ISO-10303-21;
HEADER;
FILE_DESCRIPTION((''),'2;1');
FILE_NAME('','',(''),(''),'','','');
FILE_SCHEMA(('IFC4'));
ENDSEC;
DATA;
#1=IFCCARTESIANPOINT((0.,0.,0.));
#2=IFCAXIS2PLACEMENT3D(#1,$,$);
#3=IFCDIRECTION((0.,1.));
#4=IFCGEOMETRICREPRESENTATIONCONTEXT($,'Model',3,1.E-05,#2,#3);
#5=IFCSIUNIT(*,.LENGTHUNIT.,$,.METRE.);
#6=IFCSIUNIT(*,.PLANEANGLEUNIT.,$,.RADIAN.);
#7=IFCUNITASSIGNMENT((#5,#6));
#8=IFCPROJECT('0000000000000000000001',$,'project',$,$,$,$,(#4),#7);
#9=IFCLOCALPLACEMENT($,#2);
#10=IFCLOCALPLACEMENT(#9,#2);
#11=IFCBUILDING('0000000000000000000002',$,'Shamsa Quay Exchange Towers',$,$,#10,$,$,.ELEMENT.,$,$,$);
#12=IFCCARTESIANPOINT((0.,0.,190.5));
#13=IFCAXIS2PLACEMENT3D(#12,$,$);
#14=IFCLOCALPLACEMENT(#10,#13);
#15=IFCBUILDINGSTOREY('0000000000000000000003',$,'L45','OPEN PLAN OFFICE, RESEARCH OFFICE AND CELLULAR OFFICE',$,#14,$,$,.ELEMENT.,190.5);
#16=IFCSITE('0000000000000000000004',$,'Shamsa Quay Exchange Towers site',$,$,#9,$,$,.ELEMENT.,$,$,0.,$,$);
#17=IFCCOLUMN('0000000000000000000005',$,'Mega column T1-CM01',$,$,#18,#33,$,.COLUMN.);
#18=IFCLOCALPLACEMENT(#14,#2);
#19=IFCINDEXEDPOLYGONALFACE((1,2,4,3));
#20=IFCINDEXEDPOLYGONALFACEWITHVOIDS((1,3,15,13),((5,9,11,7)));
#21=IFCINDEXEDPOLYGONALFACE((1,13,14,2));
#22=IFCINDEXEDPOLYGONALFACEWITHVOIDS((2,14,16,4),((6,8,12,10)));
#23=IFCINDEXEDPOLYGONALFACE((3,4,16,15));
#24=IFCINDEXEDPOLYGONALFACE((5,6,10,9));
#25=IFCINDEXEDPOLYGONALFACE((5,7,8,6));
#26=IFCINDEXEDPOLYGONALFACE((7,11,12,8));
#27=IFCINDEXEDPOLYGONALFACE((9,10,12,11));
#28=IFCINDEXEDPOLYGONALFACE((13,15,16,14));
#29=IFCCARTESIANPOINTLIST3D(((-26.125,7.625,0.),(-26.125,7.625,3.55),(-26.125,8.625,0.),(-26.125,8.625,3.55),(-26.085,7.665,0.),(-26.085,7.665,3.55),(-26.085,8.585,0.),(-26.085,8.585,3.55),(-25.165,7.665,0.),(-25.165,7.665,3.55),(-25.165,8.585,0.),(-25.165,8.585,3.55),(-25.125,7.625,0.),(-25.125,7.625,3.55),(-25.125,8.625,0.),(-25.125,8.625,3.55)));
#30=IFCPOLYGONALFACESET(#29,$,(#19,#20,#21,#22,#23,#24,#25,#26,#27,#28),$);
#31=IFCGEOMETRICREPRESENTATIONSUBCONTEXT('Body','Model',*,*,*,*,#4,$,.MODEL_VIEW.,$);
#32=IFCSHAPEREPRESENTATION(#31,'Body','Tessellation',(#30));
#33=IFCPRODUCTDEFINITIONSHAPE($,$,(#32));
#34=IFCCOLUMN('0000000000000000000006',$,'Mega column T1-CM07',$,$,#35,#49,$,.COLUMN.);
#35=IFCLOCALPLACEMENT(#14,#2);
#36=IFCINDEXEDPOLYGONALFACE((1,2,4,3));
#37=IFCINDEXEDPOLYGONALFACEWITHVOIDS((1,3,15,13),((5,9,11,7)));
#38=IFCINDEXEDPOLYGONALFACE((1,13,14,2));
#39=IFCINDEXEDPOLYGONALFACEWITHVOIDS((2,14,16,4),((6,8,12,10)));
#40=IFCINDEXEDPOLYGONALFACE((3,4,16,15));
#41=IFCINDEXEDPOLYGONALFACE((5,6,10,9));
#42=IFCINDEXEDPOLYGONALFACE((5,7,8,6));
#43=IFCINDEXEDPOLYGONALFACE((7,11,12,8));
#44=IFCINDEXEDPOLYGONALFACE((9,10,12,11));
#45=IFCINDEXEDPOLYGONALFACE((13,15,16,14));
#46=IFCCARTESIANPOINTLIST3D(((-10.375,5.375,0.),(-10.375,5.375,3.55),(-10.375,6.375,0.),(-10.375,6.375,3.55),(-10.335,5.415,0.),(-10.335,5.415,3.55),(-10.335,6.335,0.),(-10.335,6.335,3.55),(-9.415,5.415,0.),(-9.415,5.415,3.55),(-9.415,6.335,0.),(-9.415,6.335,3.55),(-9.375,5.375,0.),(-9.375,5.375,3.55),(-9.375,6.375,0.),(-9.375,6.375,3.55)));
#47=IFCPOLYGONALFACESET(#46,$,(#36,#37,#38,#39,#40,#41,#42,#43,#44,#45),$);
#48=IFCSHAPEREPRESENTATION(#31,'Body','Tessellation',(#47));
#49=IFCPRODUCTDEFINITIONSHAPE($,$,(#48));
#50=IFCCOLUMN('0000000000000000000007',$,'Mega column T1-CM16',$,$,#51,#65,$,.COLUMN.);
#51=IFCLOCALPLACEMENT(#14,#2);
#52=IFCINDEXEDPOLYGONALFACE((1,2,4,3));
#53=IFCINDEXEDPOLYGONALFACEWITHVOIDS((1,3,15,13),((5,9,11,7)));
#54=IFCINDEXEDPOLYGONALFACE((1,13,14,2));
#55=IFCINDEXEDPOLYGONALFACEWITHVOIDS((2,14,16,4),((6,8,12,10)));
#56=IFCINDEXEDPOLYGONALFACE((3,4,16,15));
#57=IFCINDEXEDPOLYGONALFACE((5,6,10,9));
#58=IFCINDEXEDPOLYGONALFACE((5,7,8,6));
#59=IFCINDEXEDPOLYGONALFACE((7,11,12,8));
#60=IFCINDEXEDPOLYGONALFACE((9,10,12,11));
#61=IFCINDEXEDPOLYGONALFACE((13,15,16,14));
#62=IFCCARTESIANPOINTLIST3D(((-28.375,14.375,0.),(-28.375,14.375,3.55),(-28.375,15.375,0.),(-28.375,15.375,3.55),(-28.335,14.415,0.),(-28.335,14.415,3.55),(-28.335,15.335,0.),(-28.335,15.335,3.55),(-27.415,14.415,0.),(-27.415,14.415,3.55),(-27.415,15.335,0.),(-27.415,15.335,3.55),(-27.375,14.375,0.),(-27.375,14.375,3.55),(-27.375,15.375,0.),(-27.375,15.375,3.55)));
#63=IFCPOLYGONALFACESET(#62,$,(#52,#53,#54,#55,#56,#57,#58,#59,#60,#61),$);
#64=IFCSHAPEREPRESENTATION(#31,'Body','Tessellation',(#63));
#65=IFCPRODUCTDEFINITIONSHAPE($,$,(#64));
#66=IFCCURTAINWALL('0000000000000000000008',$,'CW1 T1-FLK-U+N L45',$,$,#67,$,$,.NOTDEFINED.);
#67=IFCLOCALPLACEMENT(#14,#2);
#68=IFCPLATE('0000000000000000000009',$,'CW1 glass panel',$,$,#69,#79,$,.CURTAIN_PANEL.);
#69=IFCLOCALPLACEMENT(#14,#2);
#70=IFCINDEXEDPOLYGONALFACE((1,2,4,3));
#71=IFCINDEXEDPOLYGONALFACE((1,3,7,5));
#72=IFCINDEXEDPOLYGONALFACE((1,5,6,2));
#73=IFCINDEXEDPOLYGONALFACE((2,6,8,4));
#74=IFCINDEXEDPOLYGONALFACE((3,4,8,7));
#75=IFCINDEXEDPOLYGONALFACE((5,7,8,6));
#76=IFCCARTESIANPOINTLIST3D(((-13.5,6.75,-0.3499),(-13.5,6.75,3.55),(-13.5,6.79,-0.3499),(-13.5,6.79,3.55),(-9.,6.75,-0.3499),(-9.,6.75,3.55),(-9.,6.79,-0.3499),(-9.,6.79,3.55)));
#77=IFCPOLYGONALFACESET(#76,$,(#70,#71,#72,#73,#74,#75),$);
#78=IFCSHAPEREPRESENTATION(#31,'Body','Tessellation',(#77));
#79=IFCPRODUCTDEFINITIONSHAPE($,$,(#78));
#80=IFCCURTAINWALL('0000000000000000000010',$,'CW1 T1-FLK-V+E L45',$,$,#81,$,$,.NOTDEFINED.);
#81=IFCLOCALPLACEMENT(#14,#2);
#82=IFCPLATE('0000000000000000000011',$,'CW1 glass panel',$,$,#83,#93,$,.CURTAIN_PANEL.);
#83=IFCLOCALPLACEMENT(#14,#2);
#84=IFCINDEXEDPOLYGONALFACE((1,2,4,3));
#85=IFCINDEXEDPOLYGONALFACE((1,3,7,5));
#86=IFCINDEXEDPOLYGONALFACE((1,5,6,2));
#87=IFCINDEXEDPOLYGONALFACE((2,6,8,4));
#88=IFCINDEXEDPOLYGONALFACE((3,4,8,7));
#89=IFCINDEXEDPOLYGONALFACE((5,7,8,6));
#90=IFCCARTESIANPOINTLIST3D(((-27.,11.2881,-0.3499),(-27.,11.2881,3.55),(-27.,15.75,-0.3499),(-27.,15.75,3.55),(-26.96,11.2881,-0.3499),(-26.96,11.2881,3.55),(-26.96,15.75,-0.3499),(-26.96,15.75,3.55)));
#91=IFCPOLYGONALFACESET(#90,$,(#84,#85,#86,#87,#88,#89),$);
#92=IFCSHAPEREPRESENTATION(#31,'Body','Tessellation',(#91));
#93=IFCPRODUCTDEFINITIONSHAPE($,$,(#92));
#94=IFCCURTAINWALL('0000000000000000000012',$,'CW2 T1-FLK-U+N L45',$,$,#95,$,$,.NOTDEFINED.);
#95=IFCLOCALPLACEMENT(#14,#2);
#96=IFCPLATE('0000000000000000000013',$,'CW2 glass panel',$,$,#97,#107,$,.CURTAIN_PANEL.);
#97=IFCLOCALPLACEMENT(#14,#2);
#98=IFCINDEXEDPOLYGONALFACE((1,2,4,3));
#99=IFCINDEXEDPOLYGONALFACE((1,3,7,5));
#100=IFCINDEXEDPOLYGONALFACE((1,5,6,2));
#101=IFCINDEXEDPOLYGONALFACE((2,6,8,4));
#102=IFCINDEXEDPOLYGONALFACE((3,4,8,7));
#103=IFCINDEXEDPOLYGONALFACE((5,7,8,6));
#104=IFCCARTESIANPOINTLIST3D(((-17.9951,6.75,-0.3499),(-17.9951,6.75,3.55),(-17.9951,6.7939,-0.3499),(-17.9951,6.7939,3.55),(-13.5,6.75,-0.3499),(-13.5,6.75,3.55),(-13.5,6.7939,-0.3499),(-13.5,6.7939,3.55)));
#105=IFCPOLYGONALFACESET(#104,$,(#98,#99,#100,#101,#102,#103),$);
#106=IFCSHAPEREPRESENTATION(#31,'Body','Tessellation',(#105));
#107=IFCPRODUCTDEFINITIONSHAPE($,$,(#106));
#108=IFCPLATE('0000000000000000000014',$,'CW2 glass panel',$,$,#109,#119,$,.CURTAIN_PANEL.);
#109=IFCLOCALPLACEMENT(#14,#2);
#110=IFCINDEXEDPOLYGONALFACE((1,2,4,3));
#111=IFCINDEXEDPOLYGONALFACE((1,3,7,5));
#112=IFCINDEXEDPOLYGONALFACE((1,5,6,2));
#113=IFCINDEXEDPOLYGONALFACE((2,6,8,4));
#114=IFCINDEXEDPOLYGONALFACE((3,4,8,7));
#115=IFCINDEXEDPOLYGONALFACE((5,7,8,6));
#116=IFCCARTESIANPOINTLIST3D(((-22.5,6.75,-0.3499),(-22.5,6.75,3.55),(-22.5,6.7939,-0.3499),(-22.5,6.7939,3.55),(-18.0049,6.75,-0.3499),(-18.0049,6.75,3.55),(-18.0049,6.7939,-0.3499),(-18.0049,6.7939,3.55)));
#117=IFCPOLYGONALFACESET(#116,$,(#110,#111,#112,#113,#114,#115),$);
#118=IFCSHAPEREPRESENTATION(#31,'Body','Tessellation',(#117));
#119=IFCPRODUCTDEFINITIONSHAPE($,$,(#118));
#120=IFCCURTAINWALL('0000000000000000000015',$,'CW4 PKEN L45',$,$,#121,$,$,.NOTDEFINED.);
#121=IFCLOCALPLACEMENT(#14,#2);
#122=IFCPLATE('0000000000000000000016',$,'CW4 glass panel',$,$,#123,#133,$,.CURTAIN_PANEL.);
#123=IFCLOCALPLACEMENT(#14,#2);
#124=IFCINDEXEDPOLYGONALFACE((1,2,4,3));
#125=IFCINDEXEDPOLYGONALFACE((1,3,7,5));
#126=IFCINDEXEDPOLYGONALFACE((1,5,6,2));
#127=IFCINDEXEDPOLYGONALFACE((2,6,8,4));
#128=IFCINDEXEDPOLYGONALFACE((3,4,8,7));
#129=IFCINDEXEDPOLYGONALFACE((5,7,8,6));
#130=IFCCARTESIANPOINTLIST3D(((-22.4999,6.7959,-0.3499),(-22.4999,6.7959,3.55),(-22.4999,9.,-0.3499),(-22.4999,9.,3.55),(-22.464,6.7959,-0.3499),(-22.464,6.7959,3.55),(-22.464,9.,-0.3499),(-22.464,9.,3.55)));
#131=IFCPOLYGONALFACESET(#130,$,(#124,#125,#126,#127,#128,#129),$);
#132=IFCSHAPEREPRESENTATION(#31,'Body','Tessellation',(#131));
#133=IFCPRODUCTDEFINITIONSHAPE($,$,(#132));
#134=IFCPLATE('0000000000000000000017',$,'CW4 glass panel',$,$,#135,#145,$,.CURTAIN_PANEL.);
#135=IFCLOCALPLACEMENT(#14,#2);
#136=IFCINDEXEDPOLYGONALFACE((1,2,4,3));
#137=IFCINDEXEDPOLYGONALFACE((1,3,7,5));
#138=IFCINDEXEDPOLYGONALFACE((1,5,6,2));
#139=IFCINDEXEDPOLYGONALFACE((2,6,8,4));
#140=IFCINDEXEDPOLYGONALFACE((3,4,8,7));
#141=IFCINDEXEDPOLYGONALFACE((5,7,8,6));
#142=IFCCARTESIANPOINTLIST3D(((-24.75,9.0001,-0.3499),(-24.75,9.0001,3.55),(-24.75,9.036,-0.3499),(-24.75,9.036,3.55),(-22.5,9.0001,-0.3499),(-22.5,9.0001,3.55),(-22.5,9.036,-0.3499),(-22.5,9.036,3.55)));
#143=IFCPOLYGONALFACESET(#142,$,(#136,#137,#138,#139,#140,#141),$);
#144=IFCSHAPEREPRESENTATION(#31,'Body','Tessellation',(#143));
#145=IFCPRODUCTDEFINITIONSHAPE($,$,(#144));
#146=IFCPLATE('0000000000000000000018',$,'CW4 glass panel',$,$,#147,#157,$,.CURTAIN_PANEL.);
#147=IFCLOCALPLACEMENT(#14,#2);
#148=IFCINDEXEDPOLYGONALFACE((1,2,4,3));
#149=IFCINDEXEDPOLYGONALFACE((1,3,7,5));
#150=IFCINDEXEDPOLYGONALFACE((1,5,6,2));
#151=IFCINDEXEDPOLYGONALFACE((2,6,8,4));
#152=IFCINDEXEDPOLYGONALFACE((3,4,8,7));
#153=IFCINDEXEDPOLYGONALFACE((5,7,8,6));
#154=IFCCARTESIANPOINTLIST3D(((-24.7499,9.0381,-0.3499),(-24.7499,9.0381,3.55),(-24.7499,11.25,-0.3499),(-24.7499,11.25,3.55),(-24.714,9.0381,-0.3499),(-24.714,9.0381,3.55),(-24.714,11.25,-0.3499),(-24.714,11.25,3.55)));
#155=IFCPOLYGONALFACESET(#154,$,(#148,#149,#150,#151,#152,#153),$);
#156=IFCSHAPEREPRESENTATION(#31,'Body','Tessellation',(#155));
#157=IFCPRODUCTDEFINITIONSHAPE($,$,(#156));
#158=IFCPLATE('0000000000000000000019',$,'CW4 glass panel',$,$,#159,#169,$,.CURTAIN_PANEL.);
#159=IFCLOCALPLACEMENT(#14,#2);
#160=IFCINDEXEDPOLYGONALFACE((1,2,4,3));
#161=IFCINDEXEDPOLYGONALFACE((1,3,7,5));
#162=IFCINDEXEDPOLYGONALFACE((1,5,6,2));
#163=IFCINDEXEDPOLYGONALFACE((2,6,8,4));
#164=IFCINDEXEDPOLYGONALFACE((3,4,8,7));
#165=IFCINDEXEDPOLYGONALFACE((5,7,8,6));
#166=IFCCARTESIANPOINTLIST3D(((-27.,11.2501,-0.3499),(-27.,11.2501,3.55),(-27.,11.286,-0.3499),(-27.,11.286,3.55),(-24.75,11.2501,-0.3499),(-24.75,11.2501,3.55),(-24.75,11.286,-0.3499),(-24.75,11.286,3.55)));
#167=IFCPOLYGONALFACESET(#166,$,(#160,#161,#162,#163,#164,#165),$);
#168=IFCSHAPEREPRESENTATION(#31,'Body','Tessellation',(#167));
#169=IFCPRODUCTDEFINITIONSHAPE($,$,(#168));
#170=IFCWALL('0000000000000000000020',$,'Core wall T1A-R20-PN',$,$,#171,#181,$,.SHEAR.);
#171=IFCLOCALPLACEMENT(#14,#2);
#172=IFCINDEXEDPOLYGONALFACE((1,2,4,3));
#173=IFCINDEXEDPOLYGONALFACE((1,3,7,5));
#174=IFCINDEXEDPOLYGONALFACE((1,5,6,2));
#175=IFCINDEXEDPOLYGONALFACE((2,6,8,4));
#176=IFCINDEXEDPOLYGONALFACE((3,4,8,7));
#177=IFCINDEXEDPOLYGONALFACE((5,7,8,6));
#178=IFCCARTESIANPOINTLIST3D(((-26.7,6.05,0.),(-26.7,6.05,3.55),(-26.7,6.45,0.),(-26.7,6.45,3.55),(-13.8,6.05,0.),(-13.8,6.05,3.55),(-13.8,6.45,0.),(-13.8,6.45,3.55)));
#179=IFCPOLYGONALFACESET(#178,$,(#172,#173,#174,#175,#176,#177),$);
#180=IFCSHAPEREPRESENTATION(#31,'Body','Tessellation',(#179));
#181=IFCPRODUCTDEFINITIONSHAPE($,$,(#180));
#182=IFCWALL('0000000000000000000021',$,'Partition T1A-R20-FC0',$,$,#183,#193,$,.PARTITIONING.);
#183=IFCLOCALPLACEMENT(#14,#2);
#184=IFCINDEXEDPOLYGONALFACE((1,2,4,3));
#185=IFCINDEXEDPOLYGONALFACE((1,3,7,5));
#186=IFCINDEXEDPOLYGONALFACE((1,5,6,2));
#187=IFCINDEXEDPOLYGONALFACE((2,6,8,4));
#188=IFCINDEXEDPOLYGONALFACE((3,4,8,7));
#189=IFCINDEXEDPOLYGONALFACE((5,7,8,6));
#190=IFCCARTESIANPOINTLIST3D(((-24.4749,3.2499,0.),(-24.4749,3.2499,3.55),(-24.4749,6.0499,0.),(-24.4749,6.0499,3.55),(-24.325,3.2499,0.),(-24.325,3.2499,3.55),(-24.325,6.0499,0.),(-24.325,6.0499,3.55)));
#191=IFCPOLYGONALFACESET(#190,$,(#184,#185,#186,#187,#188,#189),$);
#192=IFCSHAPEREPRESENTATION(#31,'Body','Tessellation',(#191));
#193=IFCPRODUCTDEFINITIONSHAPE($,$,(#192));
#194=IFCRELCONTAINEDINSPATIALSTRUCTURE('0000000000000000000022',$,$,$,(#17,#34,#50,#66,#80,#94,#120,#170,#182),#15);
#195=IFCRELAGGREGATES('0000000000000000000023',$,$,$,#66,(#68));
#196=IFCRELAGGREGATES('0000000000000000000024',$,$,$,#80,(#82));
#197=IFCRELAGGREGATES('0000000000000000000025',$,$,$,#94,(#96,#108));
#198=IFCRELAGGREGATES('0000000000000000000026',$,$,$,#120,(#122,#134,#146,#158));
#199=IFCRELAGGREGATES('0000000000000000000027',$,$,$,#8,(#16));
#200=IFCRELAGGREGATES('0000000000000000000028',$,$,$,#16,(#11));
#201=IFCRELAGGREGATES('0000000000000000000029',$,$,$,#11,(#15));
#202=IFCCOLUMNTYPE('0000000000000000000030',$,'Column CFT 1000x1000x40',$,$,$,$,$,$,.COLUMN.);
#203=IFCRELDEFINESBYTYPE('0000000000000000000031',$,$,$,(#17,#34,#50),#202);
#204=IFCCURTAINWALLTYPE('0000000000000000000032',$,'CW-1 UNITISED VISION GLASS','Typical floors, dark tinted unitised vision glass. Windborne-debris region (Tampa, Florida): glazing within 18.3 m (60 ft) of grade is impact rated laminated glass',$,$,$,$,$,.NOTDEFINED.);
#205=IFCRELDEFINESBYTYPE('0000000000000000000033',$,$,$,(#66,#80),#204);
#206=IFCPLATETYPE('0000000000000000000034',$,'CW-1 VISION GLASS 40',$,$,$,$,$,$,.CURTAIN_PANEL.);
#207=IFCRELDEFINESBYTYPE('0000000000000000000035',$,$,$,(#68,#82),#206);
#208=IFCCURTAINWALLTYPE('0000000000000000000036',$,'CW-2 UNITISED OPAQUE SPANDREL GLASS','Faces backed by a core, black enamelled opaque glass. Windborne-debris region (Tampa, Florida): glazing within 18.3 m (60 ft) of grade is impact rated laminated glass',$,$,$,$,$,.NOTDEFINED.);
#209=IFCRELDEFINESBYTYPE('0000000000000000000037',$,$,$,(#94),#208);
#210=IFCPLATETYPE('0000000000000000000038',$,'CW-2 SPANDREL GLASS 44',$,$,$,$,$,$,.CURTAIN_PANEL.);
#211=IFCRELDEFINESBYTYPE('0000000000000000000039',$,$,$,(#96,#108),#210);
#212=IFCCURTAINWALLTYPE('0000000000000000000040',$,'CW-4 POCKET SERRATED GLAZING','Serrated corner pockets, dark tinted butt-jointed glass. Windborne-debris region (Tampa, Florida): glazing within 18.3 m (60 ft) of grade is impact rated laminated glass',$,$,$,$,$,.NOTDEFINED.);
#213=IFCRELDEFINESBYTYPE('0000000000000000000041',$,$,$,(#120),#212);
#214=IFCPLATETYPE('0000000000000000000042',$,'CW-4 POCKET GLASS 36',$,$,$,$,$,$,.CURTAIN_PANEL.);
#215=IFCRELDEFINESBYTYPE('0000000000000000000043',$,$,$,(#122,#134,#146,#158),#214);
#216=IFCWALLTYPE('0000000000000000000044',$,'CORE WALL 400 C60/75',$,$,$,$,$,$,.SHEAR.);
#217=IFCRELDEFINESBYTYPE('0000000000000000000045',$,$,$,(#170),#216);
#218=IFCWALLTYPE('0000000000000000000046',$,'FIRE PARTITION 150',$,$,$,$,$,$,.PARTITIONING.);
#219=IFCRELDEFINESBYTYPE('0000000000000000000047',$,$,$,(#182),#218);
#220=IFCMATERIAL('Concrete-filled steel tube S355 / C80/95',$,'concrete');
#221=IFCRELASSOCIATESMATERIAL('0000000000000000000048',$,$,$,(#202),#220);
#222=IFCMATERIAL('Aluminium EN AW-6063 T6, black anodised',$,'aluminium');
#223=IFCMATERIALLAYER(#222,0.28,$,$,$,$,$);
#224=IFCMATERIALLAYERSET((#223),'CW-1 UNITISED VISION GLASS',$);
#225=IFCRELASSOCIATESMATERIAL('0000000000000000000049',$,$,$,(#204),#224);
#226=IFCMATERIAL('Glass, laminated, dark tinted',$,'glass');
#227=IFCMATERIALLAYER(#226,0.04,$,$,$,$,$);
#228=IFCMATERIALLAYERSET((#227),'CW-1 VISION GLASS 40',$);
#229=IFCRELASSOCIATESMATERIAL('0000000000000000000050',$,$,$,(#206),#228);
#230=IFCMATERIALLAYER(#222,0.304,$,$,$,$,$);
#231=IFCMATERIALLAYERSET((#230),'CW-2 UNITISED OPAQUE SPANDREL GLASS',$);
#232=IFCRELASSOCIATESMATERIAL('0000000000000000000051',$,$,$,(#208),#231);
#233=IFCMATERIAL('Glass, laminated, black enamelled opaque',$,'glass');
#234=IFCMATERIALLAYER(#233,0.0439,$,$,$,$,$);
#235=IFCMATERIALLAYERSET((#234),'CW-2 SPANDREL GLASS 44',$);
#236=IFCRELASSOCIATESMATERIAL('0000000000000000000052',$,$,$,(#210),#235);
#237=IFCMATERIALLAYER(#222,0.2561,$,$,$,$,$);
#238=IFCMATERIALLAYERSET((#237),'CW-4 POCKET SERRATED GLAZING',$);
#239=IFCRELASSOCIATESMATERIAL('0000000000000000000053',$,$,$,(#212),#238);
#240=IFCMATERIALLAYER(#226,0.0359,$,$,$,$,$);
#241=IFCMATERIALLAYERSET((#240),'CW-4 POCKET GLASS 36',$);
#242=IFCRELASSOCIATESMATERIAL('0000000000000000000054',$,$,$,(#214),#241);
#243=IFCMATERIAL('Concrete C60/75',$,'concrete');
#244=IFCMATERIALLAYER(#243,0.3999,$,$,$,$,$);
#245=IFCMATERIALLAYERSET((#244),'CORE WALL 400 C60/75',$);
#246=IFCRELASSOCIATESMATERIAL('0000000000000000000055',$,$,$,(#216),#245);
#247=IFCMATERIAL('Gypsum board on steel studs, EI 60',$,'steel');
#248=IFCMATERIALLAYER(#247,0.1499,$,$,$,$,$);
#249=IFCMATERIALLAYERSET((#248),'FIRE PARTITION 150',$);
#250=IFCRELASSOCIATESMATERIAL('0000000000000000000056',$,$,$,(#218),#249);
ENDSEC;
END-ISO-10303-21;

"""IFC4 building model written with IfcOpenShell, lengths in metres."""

from ifc_helpers import new_model, si_unit, direction, frame, frame_2d, origin, origin_2d, place, context, subcontext, project, spatial, rectangle, hollow_rectangle, extrude, material, layer, layer_set, material_profile, profile_set, type_object, element, aggregate, save


model = new_model("IFC4")

# Units and contexts
model_context = context("Model", 3, precision=1e-05, world=origin(), true_north=direction((0.0, 1.0)))
body_context = subcontext(model_context, "Body", "Model", "MODEL_VIEW")
ifc_project = project(units=[si_unit("LENGTHUNIT", "METRE"), si_unit("PLANEANGLEUNIT", "RADIAN")], contexts=[model_context])

# Site, building, storey
site_placement = place(None, origin())
site = spatial("IfcSite", under=ifc_project, at=site_placement, Name="Shamsa Quay Exchange Towers site", CompositionType="ELEMENT", RefElevation=0.0)
building_placement = place(site_placement, origin())
building = spatial("IfcBuilding", under=site, at=building_placement, Name="Shamsa Quay Exchange Towers", CompositionType="ELEMENT")
storey_placement = place(building_placement, frame((0.0, 0.0, 190.5)))
storey = spatial("IfcBuildingStorey", under=building, at=storey_placement, Name="L45", Description="OPEN PLAN OFFICE, RESEARCH OFFICE AND CELLULAR OFFICE", CompositionType="ELEMENT", Elevation=190.5)

# Columns
ifc_material_1 = material(Name="Concrete-filled steel tube S355 / C80/95", Category="concrete")
ifc_material_profile = material_profile(ifc_material_1, hollow_rectangle(XDim=1.0, YDim=1.0, WallThickness=0.04, at=origin_2d()), Name="CFT 1000x1000x40")
ifc_profile_set = profile_set([ifc_material_profile], Name="Concrete-filled steel tube S355 / C80/95")
column_type = type_object("IfcColumnType", Name="Column CFT 1000x1000x40", PredefinedType="COLUMN", material=ifc_profile_set)
for number, where, name in (
    (1, (-25.625, 8.125, 0.0), "Mega column T1-CM01"),
    (2, (-9.875, 5.875, 0.0), "Mega column T1-CM07"),
    (3, (-27.875, 14.875, 0.0), "Mega column T1-CM16"),
):
    element("IfcColumn", number, at=place(storey_placement, frame(where)), inside=storey, type_object=column_type, Name=name, PredefinedType="COLUMN", context=body_context, shape_type="SweptSolid", body=[
        extrude(hollow_rectangle(XDim=1.0, YDim=1.0, WallThickness=0.04, at=origin_2d()), origin(), (0.0, 0.0, 1.0), 3.55),
    ])

# Curtain walls, plates
ifc_material_2 = material(Name="Aluminium EN AW-6063 T6, black anodised", Category="aluminium")
ifc_layer_1 = layer(ifc_material_2, 0.28)
ifc_layer_set_1 = layer_set([ifc_layer_1], Name="CW-1 UNITISED VISION GLASS")
curtain_wall_type_1 = type_object("IfcCurtainWallType", Name="CW-1 UNITISED VISION GLASS", Description="Typical floors, dark tinted unitised vision glass. Windborne-debris region (Tampa, Florida): glazing within 18.3 m (60 ft) of grade is impact rated laminated glass", PredefinedType="NOTDEFINED", material=ifc_layer_set_1)
curtain_wall_1_placement = place(storey_placement, origin())
curtain_wall_1 = element("IfcCurtainWall", 4, at=curtain_wall_1_placement, inside=storey, type_object=curtain_wall_type_1, Name="CW1 T1-FLK-U+N L45", PredefinedType="NOTDEFINED")
ifc_material_3 = material(Name="Glass, laminated, dark tinted", Category="glass")
ifc_layer_2 = layer(ifc_material_3, 0.04)
ifc_layer_set_2 = layer_set([ifc_layer_2], Name="CW-1 VISION GLASS 40")
plate_type_1 = type_object("IfcPlateType", Name="CW-1 VISION GLASS 40", PredefinedType="CURTAIN_PANEL", material=ifc_layer_set_2)
plate_1_placement = place(storey_placement, frame((-11.25, 6.77, -0.3499), z_axis=(0.0, 0.0, 1.0), x_axis=(-1.0, 0.0, 0.0)))
plate_1 = element("IfcPlate", 5, at=plate_1_placement, type_object=plate_type_1, Name="CW1 glass panel", PredefinedType="CURTAIN_PANEL", context=body_context, shape_type="SweptSolid", body=[
    extrude(rectangle(XDim=4.5, YDim=0.04, at=origin_2d()), origin(), (0.0, 0.0, 1.0), 3.8999),
])
aggregate(curtain_wall_1, [plate_1])
curtain_wall_2_placement = place(storey_placement, origin())
curtain_wall_2 = element("IfcCurtainWall", 6, at=curtain_wall_2_placement, inside=storey, type_object=curtain_wall_type_1, Name="CW1 T1-FLK-V+E L45", PredefinedType="NOTDEFINED")
plate_2_placement = place(storey_placement, frame((-26.98, 13.519, -0.3499), z_axis=(0.0, 0.0, 1.0), x_axis=(0.0, 1.0, 0.0)))
plate_2 = element("IfcPlate", 7, at=plate_2_placement, type_object=plate_type_1, Name="CW1 glass panel", PredefinedType="CURTAIN_PANEL", context=body_context, shape_type="SweptSolid", body=[
    extrude(rectangle(XDim=4.4619, YDim=0.04, at=origin_2d()), origin(), (0.0, 0.0, 1.0), 3.8999),
])
aggregate(curtain_wall_2, [plate_2])

# Curtain walls, plates
ifc_layer_3 = layer(ifc_material_2, 0.304)
ifc_layer_set_3 = layer_set([ifc_layer_3], Name="CW-2 UNITISED OPAQUE SPANDREL GLASS")
curtain_wall_type_2 = type_object("IfcCurtainWallType", Name="CW-2 UNITISED OPAQUE SPANDREL GLASS", Description="Faces backed by a core, black enamelled opaque glass. Windborne-debris region (Tampa, Florida): glazing within 18.3 m (60 ft) of grade is impact rated laminated glass", PredefinedType="NOTDEFINED", material=ifc_layer_set_3)
curtain_wall_3_placement = place(storey_placement, origin())
curtain_wall_3 = element("IfcCurtainWall", 8, at=curtain_wall_3_placement, inside=storey, type_object=curtain_wall_type_2, Name="CW2 T1-FLK-U+N L45", PredefinedType="NOTDEFINED")
ifc_material_4 = material(Name="Glass, laminated, black enamelled opaque", Category="glass")
ifc_layer_4 = layer(ifc_material_4, 0.0439)
ifc_layer_set_4 = layer_set([ifc_layer_4], Name="CW-2 SPANDREL GLASS 44")
plate_type_2 = type_object("IfcPlateType", Name="CW-2 SPANDREL GLASS 44", PredefinedType="CURTAIN_PANEL", material=ifc_layer_set_4)
plate_3_placement = place(storey_placement, frame((-15.7476, 6.772, -0.3499), z_axis=(0.0, 0.0, 1.0), x_axis=(-1.0, 0.0, 0.0)))
plate_3 = element("IfcPlate", 9, at=plate_3_placement, type_object=plate_type_2, Name="CW2 glass panel", PredefinedType="CURTAIN_PANEL", context=body_context, shape_type="SweptSolid", body=[
    extrude(rectangle(XDim=4.4951, YDim=0.0439, at=origin_2d()), origin(), (0.0, 0.0, 1.0), 3.8999),
])
plate_4_placement = place(storey_placement, frame((-20.2524, 6.772, -0.3499), z_axis=(0.0, 0.0, 1.0), x_axis=(-1.0, 0.0, 0.0)))
plate_4 = element("IfcPlate", 10, at=plate_4_placement, type_object=plate_type_2, Name="CW2 glass panel", PredefinedType="CURTAIN_PANEL", context=body_context, shape_type="SweptSolid", body=[
    extrude(rectangle(XDim=4.4951, YDim=0.0439, at=origin_2d()), origin(), (0.0, 0.0, 1.0), 3.8999),
])
aggregate(curtain_wall_3, [plate_3, plate_4])
ifc_layer_5 = layer(ifc_material_2, 0.2561)
ifc_layer_set_5 = layer_set([ifc_layer_5], Name="CW-4 POCKET SERRATED GLAZING")
curtain_wall_type_3 = type_object("IfcCurtainWallType", Name="CW-4 POCKET SERRATED GLAZING", Description="Serrated corner pockets, dark tinted butt-jointed glass. Windborne-debris region (Tampa, Florida): glazing within 18.3 m (60 ft) of grade is impact rated laminated glass", PredefinedType="NOTDEFINED", material=ifc_layer_set_5)
curtain_wall_4_placement = place(storey_placement, origin())
curtain_wall_4 = element("IfcCurtainWall", 11, at=curtain_wall_4_placement, inside=storey, type_object=curtain_wall_type_3, Name="CW4 PKEN L45", PredefinedType="NOTDEFINED")
ifc_layer_6 = layer(ifc_material_3, 0.0359)
ifc_layer_set_6 = layer_set([ifc_layer_6], Name="CW-4 POCKET GLASS 36")
plate_type_3 = type_object("IfcPlateType", Name="CW-4 POCKET GLASS 36", PredefinedType="CURTAIN_PANEL", material=ifc_layer_set_6)
plate_5_placement = place(storey_placement, frame((-22.4819, 7.8979, -0.3499), z_axis=(0.0, 0.0, 1.0), x_axis=(0.0, 1.0, 0.0)))
plate_5 = element("IfcPlate", 12, at=plate_5_placement, type_object=plate_type_3, Name="CW4 glass panel", PredefinedType="CURTAIN_PANEL", context=body_context, shape_type="SweptSolid", body=[
    extrude(rectangle(XDim=2.2041, YDim=0.0359, at=origin_2d()), origin(), (0.0, 0.0, 1.0), 3.8999),
])
plate_6_placement = place(storey_placement, frame((-23.625, 9.0181, -0.3499), z_axis=(0.0, 0.0, 1.0), x_axis=(-1.0, 0.0, 0.0)))
plate_6 = element("IfcPlate", 13, at=plate_6_placement, type_object=plate_type_3, Name="CW4 glass panel", PredefinedType="CURTAIN_PANEL", context=body_context, shape_type="SweptSolid", body=[
    extrude(rectangle(XDim=2.25, YDim=0.0359, at=origin_2d()), origin(), (0.0, 0.0, 1.0), 3.8999),
])
plate_7_placement = place(storey_placement, frame((-24.7319, 10.144, -0.3499), z_axis=(0.0, 0.0, 1.0), x_axis=(0.0, 1.0, 0.0)))
plate_7 = element("IfcPlate", 14, at=plate_7_placement, type_object=plate_type_3, Name="CW4 glass panel", PredefinedType="CURTAIN_PANEL", context=body_context, shape_type="SweptSolid", body=[
    extrude(rectangle(XDim=2.2119, YDim=0.0359, at=origin_2d()), origin(), (0.0, 0.0, 1.0), 3.8999),
])
plate_8_placement = place(storey_placement, frame((-25.875, 11.2681, -0.3499), z_axis=(0.0, 0.0, 1.0), x_axis=(-1.0, 0.0, 0.0)))
plate_8 = element("IfcPlate", 15, at=plate_8_placement, type_object=plate_type_3, Name="CW4 glass panel", PredefinedType="CURTAIN_PANEL", context=body_context, shape_type="SweptSolid", body=[
    extrude(rectangle(XDim=2.25, YDim=0.0359, at=origin_2d()), origin(), (0.0, 0.0, 1.0), 3.8999),
])
aggregate(curtain_wall_4, [plate_5, plate_6, plate_7, plate_8])

# Wall
ifc_material_5 = material(Name="Concrete C60/75", Category="concrete")
ifc_layer_7 = layer(ifc_material_5, 0.3999)
ifc_layer_set_7 = layer_set([ifc_layer_7], Name="CORE WALL 400 C60/75")
wall_type_1 = type_object("IfcWallType", Name="CORE WALL 400 C60/75", PredefinedType="SHEAR", material=ifc_layer_set_7)
wall_1_placement = place(storey_placement, frame((-26.7, 6.25, 0.0)))
element("IfcWall", 16, at=wall_1_placement, inside=storey, type_object=wall_type_1, Name="Core wall T1A-R20-PN", PredefinedType="SHEAR", context=body_context, shape_type="SweptSolid", body=[
    extrude(rectangle(XDim=12.8999, YDim=0.3999, at=frame_2d((6.45, 0.0))), origin(), (0.0, 0.0, 1.0), 3.55),
])

# Wall
ifc_material_6 = material(Name="Gypsum board on steel studs, EI 60", Category="steel")
ifc_layer_8 = layer(ifc_material_6, 0.1499)
ifc_layer_set_8 = layer_set([ifc_layer_8], Name="FIRE PARTITION 150")
wall_type_2 = type_object("IfcWallType", Name="FIRE PARTITION 150", PredefinedType="PARTITIONING", material=ifc_layer_set_8)
wall_2_placement = place(storey_placement, frame((-24.3999, 3.25, 0.0), z_axis=(0.0, 0.0, 1.0), x_axis=(0.0, 1.0, 0.0)))
element("IfcWall", 17, at=wall_2_placement, inside=storey, type_object=wall_type_2, Name="Partition T1A-R20-FC0", PredefinedType="PARTITIONING", context=body_context, shape_type="SweptSolid", body=[
    extrude(rectangle(XDim=2.8, YDim=0.1499, at=frame_2d((1.3999, 0.0))), origin(), (0.0, 0.0, 1.0), 3.55),
])

save(model, "model.ifc")
